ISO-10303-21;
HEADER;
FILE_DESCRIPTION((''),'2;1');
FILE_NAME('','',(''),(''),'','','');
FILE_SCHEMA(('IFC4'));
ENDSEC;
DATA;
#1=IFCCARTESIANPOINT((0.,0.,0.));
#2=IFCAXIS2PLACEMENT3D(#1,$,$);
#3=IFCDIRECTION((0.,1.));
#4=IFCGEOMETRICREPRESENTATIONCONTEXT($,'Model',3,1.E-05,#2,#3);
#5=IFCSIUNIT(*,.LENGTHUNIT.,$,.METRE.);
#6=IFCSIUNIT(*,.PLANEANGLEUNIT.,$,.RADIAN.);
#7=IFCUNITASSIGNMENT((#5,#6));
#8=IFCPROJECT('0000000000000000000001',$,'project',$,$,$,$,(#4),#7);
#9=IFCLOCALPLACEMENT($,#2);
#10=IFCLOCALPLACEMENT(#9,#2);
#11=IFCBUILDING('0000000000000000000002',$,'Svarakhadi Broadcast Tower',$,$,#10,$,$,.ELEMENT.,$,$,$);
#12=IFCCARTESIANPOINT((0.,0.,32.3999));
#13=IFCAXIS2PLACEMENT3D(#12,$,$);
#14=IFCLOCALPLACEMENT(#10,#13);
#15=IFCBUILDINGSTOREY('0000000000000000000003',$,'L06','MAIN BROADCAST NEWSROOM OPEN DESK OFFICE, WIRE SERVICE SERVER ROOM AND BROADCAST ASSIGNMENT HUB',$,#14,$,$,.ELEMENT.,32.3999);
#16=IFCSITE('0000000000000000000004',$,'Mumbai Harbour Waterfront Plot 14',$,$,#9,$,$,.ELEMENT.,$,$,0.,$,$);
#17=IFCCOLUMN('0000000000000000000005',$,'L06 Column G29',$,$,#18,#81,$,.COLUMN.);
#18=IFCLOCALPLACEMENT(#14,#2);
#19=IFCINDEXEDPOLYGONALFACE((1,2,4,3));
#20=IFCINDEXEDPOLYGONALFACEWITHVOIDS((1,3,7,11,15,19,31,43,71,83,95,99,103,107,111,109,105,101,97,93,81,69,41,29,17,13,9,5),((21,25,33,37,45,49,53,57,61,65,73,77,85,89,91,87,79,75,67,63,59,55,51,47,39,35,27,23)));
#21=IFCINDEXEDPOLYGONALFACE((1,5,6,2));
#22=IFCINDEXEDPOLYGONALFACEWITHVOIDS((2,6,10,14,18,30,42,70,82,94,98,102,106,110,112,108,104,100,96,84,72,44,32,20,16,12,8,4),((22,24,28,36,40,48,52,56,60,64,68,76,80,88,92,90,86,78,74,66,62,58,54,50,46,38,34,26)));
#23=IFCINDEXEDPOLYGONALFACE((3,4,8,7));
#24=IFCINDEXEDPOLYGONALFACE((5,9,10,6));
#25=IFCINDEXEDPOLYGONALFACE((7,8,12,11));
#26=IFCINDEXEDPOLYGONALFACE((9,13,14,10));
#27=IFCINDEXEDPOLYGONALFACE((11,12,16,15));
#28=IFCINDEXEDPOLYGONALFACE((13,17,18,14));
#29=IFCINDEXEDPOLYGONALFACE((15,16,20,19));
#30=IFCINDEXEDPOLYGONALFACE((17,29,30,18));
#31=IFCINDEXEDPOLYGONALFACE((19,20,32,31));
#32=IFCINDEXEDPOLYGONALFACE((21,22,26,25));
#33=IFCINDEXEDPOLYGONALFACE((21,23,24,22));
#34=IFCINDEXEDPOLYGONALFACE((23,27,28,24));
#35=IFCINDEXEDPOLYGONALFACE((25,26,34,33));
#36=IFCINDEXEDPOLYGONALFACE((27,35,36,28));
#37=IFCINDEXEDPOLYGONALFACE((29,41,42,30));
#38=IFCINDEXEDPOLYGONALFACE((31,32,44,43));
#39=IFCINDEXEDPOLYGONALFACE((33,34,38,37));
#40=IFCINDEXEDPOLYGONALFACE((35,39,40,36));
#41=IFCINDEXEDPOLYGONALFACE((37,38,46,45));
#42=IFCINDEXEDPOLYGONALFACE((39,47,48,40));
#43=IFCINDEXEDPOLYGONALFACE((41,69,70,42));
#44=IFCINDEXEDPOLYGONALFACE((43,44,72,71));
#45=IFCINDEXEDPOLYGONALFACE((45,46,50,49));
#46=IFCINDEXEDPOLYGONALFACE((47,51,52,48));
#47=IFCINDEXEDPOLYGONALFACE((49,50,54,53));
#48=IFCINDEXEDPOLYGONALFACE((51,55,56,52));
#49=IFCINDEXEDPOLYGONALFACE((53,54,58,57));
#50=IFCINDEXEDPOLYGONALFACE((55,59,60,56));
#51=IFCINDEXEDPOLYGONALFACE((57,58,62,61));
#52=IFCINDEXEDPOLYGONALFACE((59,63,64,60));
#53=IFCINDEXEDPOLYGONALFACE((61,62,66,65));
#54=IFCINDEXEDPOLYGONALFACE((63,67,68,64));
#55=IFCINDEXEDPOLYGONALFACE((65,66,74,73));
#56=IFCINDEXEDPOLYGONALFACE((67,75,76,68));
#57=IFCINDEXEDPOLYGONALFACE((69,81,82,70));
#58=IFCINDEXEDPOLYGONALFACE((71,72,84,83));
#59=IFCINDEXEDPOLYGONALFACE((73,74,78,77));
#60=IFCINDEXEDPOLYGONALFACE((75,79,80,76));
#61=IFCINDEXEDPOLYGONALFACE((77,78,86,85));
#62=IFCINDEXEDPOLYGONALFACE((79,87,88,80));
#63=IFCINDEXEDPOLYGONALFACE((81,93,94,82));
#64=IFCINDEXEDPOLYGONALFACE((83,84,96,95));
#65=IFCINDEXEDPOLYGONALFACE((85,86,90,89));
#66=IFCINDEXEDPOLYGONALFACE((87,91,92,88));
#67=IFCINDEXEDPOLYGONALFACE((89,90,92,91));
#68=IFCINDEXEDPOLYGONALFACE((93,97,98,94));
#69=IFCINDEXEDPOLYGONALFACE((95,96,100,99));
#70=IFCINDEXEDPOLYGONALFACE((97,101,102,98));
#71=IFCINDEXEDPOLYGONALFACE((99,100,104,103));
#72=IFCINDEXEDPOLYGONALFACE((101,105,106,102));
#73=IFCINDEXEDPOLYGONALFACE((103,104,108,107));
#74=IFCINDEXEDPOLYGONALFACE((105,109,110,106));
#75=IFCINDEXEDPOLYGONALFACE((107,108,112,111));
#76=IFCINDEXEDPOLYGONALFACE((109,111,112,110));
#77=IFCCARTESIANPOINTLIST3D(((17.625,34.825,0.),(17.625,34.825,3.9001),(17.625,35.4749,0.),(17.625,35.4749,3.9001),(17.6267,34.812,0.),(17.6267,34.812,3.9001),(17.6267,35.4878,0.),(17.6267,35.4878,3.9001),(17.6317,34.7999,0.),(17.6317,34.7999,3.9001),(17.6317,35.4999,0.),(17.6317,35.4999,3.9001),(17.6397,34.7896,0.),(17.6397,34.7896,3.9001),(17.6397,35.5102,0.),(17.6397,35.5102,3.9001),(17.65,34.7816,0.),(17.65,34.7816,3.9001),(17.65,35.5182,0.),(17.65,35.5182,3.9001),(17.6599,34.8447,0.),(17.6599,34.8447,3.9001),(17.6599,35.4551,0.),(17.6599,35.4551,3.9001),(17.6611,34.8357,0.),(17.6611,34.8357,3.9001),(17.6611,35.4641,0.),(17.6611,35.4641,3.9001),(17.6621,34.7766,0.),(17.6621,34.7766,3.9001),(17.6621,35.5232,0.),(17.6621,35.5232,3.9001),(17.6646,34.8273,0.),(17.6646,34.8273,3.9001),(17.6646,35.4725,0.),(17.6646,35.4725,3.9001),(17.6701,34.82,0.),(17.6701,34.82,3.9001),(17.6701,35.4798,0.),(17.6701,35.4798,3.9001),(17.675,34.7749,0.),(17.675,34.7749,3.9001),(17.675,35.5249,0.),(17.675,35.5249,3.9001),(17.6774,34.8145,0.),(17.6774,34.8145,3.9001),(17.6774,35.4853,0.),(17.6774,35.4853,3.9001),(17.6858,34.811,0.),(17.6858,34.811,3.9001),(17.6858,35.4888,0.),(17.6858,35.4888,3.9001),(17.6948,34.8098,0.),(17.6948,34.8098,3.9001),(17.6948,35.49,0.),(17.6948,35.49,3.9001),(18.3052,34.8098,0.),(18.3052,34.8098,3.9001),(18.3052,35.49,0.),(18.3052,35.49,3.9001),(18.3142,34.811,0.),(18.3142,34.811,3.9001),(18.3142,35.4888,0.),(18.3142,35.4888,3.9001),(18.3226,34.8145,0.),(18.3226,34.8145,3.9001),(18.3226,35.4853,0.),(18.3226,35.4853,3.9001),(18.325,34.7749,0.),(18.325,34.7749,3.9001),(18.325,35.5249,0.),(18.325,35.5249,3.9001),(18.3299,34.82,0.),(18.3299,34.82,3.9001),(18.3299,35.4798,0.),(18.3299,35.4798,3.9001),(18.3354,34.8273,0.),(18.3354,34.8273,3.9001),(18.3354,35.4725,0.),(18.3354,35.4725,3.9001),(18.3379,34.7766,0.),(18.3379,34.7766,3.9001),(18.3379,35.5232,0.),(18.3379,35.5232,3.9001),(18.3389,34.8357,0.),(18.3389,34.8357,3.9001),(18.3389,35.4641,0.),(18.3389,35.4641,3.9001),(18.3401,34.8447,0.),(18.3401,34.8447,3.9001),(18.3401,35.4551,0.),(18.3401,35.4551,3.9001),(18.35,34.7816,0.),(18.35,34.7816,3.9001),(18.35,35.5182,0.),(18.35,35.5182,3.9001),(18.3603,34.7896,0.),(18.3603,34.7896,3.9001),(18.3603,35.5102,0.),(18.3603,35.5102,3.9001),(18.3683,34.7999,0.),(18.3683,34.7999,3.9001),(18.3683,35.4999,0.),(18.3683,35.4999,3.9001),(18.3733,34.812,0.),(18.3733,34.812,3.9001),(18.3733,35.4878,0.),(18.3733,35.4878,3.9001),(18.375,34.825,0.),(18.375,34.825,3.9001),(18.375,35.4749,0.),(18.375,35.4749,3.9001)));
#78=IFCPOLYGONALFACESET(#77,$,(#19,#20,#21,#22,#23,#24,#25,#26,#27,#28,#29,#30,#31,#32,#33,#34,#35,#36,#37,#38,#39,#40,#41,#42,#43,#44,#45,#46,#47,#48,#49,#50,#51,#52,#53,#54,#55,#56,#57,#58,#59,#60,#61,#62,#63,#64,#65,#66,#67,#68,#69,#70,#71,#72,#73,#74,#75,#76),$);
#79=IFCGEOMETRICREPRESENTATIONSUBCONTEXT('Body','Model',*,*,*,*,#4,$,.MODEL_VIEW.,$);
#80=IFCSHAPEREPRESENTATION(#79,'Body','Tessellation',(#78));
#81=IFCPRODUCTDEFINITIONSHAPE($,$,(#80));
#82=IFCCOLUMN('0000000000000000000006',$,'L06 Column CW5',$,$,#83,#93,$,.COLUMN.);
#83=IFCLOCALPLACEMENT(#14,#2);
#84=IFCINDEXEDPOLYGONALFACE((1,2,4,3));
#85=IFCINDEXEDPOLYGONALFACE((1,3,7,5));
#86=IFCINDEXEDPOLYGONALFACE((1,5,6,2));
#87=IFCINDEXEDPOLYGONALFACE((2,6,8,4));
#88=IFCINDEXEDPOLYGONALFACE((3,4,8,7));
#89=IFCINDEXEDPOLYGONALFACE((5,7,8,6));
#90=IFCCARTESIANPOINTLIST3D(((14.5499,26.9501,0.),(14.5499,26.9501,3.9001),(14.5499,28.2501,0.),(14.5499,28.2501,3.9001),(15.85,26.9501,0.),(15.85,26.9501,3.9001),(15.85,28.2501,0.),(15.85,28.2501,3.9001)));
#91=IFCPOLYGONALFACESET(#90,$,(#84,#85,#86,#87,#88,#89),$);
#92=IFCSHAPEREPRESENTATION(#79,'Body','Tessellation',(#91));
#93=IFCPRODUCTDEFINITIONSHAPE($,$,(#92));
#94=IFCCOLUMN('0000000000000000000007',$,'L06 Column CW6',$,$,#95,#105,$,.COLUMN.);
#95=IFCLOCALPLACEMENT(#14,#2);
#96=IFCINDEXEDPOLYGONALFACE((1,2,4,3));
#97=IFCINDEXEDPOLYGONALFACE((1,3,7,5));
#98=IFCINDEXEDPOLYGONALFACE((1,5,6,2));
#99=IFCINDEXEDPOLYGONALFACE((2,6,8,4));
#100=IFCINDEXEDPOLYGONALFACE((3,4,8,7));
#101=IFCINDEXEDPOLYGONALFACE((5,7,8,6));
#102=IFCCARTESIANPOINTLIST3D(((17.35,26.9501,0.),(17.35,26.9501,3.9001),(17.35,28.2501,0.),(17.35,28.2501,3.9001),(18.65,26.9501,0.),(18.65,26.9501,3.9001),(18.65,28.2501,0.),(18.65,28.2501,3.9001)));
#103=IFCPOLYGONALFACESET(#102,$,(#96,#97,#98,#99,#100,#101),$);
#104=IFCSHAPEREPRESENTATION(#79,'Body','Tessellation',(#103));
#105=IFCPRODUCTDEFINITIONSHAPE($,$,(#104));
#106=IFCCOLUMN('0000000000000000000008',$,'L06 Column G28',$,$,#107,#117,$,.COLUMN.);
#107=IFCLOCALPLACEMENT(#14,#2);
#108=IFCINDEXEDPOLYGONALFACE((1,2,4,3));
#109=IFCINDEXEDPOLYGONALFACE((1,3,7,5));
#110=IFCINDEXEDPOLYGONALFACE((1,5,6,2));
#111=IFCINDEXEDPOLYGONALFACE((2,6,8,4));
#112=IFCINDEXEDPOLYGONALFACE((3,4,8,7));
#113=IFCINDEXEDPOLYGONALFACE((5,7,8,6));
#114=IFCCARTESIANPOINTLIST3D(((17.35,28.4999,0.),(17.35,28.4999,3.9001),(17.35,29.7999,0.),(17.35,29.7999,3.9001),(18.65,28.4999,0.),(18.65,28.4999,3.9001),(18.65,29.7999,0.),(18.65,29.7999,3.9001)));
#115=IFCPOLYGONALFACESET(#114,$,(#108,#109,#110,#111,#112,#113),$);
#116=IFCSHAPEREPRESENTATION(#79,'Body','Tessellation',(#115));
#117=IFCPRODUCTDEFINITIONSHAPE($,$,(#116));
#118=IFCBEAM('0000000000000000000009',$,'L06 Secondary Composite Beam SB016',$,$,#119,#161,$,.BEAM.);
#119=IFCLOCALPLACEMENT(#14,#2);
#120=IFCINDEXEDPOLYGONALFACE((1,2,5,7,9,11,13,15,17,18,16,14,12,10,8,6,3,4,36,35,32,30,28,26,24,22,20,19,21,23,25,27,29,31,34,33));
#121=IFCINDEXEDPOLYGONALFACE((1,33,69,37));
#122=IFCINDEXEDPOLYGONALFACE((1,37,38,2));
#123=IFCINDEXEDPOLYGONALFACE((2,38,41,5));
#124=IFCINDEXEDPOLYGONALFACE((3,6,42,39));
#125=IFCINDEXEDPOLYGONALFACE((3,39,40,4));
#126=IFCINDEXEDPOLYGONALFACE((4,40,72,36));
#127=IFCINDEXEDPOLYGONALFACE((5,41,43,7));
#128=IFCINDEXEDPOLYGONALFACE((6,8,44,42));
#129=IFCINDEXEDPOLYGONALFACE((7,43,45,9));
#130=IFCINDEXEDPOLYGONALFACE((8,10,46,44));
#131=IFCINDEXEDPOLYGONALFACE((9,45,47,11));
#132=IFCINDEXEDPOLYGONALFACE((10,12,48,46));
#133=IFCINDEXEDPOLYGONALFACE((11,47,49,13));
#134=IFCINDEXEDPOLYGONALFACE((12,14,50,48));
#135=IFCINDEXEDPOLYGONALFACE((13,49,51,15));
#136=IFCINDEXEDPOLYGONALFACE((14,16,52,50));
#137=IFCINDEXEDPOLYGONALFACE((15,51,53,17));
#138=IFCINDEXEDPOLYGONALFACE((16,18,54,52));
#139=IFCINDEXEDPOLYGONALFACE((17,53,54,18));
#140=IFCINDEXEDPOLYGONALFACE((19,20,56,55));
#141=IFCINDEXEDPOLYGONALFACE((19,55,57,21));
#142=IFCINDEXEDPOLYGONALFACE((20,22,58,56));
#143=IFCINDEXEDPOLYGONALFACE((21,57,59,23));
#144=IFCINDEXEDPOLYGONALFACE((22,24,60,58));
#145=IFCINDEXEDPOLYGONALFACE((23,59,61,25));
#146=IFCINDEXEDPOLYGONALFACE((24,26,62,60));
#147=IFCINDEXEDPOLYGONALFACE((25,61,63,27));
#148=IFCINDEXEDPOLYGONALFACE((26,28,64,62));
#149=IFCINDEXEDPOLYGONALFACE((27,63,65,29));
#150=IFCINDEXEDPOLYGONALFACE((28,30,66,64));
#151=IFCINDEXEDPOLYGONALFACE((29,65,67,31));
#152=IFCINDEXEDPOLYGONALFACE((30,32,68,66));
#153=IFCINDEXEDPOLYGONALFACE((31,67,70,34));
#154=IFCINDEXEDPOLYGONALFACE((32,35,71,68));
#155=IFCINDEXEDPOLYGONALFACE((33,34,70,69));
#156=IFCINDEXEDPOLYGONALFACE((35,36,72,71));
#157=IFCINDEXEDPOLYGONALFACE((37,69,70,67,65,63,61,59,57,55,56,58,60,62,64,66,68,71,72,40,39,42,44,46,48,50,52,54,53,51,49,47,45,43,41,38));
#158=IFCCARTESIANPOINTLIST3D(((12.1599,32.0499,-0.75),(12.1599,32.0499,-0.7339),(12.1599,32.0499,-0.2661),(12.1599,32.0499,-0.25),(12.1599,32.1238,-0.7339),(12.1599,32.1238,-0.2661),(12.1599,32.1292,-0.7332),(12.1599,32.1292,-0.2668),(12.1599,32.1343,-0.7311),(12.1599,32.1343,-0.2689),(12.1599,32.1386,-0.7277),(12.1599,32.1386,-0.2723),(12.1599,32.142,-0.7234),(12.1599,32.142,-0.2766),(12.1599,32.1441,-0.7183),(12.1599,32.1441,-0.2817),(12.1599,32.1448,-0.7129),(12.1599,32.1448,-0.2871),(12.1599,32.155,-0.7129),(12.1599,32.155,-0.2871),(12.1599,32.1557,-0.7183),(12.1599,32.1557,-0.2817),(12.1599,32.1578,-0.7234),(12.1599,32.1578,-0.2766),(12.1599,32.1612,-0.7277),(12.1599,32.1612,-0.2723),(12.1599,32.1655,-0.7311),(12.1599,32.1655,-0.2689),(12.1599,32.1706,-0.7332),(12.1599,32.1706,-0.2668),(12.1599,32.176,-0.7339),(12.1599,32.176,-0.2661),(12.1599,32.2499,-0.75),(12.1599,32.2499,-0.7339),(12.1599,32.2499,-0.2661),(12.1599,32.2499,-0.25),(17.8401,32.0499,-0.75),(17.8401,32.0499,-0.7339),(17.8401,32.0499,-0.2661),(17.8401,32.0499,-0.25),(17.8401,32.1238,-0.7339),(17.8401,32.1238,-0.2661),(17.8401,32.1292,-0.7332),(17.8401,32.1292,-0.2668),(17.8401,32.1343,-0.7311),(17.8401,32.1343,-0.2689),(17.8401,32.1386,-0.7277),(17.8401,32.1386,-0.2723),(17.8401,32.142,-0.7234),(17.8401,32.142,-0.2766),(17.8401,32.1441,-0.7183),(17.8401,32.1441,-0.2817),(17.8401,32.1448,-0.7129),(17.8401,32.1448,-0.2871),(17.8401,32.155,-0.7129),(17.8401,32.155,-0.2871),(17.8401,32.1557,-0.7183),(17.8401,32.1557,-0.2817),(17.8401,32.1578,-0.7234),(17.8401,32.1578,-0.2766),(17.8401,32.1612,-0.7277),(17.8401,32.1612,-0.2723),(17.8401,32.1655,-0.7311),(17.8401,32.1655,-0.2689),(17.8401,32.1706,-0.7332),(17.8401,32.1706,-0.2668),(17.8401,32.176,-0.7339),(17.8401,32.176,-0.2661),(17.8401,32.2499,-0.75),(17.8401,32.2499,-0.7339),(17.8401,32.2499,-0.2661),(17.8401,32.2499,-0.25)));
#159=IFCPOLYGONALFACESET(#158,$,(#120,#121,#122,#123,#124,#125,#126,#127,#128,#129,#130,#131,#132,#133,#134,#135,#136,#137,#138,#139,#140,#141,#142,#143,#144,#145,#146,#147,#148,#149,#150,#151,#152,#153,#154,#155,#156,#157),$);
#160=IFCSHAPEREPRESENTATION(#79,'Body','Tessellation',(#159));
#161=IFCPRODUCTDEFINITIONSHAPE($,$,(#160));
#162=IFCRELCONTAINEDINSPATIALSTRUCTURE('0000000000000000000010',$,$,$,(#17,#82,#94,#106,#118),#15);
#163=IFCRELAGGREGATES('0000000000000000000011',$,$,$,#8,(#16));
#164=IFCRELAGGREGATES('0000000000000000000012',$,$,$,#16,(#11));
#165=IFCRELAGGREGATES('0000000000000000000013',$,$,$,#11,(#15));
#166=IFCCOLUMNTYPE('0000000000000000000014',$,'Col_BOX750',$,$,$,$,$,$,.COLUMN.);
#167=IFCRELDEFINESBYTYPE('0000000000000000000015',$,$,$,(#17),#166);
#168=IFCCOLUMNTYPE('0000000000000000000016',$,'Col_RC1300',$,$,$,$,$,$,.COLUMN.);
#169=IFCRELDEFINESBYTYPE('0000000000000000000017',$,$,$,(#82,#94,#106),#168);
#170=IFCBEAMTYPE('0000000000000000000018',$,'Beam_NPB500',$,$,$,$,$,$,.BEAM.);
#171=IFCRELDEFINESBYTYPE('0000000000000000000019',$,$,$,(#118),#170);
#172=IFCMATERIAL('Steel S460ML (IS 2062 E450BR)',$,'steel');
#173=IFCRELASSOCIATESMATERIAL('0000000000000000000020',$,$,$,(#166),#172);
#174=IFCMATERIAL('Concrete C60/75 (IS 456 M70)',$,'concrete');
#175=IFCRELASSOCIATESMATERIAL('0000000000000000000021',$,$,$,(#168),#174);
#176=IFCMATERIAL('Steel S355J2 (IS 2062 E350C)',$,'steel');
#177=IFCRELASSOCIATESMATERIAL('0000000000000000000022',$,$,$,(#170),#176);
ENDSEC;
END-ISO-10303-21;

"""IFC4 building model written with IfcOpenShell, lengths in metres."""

from ifc_helpers import new_model, si_unit, direction, frame, origin, origin_2d, place, context, subcontext, project, spatial, rectangle, hollow_rectangle, i_section, extrude, material, material_profile, profile_set, type_object, element, save


model = new_model("IFC4")

# Units and contexts
model_context = context("Model", 3, precision=1e-05, world=origin(), true_north=direction((0.0, 1.0)))
body_context = subcontext(model_context, "Body", "Model", "MODEL_VIEW")
ifc_project = project(units=[si_unit("LENGTHUNIT", "METRE"), si_unit("PLANEANGLEUNIT", "RADIAN")], contexts=[model_context])

# Site, building, storey
site_placement = place(None, origin())
site = spatial("IfcSite", under=ifc_project, at=site_placement, Name="Mumbai Harbour Waterfront Plot 14", CompositionType="ELEMENT", RefElevation=0.0)
building_placement = place(site_placement, origin())
building = spatial("IfcBuilding", under=site, at=building_placement, Name="Svarakhadi Broadcast Tower", CompositionType="ELEMENT")
storey_placement = place(building_placement, frame((0.0, 0.0, 32.3999)))
storey = spatial("IfcBuildingStorey", under=building, at=storey_placement, Name="L06", Description="MAIN BROADCAST NEWSROOM OPEN DESK OFFICE, WIRE SERVICE SERVER ROOM AND BROADCAST ASSIGNMENT HUB", CompositionType="ELEMENT", Elevation=32.3999)

# Columns
ifc_material_1 = material(Name="Steel S460ML (IS 2062 E450BR)", Category="steel")
ifc_material_profile_1 = material_profile(ifc_material_1, hollow_rectangle(XDim=0.75, YDim=0.75, WallThickness=0.0349, InnerFilletRadius=0.0349, OuterFilletRadius=0.05, at=origin_2d()), Name="BOX 750x750x35")
ifc_profile_set_1 = profile_set([ifc_material_profile_1], Name="Steel S460ML (IS 2062 E450BR)")
column_type_1 = type_object("IfcColumnType", Name="Col_BOX750", PredefinedType="COLUMN", material=ifc_profile_set_1)
column_placement = place(storey_placement, frame((18.0, 35.1499, 0.0), z_axis=(0.0, 0.0, 1.0), x_axis=(1.0, 0.0, 0.0)))
element("IfcColumn", 1, at=column_placement, inside=storey, type_object=column_type_1, Name="L06 Column G29", PredefinedType="COLUMN", context=body_context, shape_type="SweptSolid", body=[
    extrude(hollow_rectangle(XDim=0.75, YDim=0.75, WallThickness=0.0349, InnerFilletRadius=0.0349, OuterFilletRadius=0.05, at=origin_2d()), origin(), (0.0, 0.0, 1.0), 3.9001),
])
ifc_material_2 = material(Name="Concrete C60/75 (IS 456 M70)", Category="concrete")
ifc_material_profile_2 = material_profile(ifc_material_2, rectangle(XDim=1.3, YDim=1.3, at=origin_2d()), Name="RC 1300x1300")
ifc_profile_set_2 = profile_set([ifc_material_profile_2], Name="Concrete C60/75 (IS 456 M70)")
column_type_2 = type_object("IfcColumnType", Name="Col_RC1300", PredefinedType="COLUMN", material=ifc_profile_set_2)
for number, where, z_axis, x_axis, name in (
    (2, (15.2, 27.6001, 0.0), (0.0, 0.0, 1.0), (1.0, 0.0, 0.0), "L06 Column CW5"),
    (3, (18.0, 27.6001, 0.0), (0.0, 0.0, 1.0), (1.0, 0.0, 0.0), "L06 Column CW6"),
    (4, (18.0, 29.1499, 0.0), (0.0, 0.0, 1.0), (1.0, 0.0, 0.0), "L06 Column G28"),
):
    element("IfcColumn", number, at=place(storey_placement, frame(where, z_axis=z_axis, x_axis=x_axis)), inside=storey, type_object=column_type_2, Name=name, PredefinedType="COLUMN", context=body_context, shape_type="SweptSolid", body=[
        extrude(rectangle(XDim=1.3, YDim=1.3, at=origin_2d()), origin(), (0.0, 0.0, 1.0), 3.9001),
    ])

# Beam
ifc_material_3 = material(Name="Steel S355J2 (IS 2062 E350C)", Category="steel")
ifc_material_profile_3 = material_profile(ifc_material_3, i_section(OverallWidth=0.2, OverallDepth=0.5, WebThickness=0.0103, FlangeThickness=0.0161, FilletRadius=0.021, at=origin_2d()), Name="NPB 500x200x91")
ifc_profile_set_3 = profile_set([ifc_material_profile_3], Name="Steel S355J2 (IS 2062 E350C)")
beam_type_1 = type_object("IfcBeamType", Name="Beam_NPB500", PredefinedType="BEAM", material=ifc_profile_set_3)
beam_1_placement = place(storey_placement, frame((12.1599, 32.1499, -0.5), z_axis=(1.0, 0.0, 0.0), x_axis=(0.0, 1.0, 0.0)))
element("IfcBeam", 5, at=beam_1_placement, inside=storey, type_object=beam_type_1, Name="L06 Secondary Composite Beam SB016", PredefinedType="BEAM", context=body_context, shape_type="SweptSolid", body=[
    extrude(i_section(OverallWidth=0.2, OverallDepth=0.5, WebThickness=0.0103, FlangeThickness=0.0161, FilletRadius=0.021, at=origin_2d()), origin(), (0.0, 0.0, 1.0), 5.6802),
])

save(model, "model.ifc")
